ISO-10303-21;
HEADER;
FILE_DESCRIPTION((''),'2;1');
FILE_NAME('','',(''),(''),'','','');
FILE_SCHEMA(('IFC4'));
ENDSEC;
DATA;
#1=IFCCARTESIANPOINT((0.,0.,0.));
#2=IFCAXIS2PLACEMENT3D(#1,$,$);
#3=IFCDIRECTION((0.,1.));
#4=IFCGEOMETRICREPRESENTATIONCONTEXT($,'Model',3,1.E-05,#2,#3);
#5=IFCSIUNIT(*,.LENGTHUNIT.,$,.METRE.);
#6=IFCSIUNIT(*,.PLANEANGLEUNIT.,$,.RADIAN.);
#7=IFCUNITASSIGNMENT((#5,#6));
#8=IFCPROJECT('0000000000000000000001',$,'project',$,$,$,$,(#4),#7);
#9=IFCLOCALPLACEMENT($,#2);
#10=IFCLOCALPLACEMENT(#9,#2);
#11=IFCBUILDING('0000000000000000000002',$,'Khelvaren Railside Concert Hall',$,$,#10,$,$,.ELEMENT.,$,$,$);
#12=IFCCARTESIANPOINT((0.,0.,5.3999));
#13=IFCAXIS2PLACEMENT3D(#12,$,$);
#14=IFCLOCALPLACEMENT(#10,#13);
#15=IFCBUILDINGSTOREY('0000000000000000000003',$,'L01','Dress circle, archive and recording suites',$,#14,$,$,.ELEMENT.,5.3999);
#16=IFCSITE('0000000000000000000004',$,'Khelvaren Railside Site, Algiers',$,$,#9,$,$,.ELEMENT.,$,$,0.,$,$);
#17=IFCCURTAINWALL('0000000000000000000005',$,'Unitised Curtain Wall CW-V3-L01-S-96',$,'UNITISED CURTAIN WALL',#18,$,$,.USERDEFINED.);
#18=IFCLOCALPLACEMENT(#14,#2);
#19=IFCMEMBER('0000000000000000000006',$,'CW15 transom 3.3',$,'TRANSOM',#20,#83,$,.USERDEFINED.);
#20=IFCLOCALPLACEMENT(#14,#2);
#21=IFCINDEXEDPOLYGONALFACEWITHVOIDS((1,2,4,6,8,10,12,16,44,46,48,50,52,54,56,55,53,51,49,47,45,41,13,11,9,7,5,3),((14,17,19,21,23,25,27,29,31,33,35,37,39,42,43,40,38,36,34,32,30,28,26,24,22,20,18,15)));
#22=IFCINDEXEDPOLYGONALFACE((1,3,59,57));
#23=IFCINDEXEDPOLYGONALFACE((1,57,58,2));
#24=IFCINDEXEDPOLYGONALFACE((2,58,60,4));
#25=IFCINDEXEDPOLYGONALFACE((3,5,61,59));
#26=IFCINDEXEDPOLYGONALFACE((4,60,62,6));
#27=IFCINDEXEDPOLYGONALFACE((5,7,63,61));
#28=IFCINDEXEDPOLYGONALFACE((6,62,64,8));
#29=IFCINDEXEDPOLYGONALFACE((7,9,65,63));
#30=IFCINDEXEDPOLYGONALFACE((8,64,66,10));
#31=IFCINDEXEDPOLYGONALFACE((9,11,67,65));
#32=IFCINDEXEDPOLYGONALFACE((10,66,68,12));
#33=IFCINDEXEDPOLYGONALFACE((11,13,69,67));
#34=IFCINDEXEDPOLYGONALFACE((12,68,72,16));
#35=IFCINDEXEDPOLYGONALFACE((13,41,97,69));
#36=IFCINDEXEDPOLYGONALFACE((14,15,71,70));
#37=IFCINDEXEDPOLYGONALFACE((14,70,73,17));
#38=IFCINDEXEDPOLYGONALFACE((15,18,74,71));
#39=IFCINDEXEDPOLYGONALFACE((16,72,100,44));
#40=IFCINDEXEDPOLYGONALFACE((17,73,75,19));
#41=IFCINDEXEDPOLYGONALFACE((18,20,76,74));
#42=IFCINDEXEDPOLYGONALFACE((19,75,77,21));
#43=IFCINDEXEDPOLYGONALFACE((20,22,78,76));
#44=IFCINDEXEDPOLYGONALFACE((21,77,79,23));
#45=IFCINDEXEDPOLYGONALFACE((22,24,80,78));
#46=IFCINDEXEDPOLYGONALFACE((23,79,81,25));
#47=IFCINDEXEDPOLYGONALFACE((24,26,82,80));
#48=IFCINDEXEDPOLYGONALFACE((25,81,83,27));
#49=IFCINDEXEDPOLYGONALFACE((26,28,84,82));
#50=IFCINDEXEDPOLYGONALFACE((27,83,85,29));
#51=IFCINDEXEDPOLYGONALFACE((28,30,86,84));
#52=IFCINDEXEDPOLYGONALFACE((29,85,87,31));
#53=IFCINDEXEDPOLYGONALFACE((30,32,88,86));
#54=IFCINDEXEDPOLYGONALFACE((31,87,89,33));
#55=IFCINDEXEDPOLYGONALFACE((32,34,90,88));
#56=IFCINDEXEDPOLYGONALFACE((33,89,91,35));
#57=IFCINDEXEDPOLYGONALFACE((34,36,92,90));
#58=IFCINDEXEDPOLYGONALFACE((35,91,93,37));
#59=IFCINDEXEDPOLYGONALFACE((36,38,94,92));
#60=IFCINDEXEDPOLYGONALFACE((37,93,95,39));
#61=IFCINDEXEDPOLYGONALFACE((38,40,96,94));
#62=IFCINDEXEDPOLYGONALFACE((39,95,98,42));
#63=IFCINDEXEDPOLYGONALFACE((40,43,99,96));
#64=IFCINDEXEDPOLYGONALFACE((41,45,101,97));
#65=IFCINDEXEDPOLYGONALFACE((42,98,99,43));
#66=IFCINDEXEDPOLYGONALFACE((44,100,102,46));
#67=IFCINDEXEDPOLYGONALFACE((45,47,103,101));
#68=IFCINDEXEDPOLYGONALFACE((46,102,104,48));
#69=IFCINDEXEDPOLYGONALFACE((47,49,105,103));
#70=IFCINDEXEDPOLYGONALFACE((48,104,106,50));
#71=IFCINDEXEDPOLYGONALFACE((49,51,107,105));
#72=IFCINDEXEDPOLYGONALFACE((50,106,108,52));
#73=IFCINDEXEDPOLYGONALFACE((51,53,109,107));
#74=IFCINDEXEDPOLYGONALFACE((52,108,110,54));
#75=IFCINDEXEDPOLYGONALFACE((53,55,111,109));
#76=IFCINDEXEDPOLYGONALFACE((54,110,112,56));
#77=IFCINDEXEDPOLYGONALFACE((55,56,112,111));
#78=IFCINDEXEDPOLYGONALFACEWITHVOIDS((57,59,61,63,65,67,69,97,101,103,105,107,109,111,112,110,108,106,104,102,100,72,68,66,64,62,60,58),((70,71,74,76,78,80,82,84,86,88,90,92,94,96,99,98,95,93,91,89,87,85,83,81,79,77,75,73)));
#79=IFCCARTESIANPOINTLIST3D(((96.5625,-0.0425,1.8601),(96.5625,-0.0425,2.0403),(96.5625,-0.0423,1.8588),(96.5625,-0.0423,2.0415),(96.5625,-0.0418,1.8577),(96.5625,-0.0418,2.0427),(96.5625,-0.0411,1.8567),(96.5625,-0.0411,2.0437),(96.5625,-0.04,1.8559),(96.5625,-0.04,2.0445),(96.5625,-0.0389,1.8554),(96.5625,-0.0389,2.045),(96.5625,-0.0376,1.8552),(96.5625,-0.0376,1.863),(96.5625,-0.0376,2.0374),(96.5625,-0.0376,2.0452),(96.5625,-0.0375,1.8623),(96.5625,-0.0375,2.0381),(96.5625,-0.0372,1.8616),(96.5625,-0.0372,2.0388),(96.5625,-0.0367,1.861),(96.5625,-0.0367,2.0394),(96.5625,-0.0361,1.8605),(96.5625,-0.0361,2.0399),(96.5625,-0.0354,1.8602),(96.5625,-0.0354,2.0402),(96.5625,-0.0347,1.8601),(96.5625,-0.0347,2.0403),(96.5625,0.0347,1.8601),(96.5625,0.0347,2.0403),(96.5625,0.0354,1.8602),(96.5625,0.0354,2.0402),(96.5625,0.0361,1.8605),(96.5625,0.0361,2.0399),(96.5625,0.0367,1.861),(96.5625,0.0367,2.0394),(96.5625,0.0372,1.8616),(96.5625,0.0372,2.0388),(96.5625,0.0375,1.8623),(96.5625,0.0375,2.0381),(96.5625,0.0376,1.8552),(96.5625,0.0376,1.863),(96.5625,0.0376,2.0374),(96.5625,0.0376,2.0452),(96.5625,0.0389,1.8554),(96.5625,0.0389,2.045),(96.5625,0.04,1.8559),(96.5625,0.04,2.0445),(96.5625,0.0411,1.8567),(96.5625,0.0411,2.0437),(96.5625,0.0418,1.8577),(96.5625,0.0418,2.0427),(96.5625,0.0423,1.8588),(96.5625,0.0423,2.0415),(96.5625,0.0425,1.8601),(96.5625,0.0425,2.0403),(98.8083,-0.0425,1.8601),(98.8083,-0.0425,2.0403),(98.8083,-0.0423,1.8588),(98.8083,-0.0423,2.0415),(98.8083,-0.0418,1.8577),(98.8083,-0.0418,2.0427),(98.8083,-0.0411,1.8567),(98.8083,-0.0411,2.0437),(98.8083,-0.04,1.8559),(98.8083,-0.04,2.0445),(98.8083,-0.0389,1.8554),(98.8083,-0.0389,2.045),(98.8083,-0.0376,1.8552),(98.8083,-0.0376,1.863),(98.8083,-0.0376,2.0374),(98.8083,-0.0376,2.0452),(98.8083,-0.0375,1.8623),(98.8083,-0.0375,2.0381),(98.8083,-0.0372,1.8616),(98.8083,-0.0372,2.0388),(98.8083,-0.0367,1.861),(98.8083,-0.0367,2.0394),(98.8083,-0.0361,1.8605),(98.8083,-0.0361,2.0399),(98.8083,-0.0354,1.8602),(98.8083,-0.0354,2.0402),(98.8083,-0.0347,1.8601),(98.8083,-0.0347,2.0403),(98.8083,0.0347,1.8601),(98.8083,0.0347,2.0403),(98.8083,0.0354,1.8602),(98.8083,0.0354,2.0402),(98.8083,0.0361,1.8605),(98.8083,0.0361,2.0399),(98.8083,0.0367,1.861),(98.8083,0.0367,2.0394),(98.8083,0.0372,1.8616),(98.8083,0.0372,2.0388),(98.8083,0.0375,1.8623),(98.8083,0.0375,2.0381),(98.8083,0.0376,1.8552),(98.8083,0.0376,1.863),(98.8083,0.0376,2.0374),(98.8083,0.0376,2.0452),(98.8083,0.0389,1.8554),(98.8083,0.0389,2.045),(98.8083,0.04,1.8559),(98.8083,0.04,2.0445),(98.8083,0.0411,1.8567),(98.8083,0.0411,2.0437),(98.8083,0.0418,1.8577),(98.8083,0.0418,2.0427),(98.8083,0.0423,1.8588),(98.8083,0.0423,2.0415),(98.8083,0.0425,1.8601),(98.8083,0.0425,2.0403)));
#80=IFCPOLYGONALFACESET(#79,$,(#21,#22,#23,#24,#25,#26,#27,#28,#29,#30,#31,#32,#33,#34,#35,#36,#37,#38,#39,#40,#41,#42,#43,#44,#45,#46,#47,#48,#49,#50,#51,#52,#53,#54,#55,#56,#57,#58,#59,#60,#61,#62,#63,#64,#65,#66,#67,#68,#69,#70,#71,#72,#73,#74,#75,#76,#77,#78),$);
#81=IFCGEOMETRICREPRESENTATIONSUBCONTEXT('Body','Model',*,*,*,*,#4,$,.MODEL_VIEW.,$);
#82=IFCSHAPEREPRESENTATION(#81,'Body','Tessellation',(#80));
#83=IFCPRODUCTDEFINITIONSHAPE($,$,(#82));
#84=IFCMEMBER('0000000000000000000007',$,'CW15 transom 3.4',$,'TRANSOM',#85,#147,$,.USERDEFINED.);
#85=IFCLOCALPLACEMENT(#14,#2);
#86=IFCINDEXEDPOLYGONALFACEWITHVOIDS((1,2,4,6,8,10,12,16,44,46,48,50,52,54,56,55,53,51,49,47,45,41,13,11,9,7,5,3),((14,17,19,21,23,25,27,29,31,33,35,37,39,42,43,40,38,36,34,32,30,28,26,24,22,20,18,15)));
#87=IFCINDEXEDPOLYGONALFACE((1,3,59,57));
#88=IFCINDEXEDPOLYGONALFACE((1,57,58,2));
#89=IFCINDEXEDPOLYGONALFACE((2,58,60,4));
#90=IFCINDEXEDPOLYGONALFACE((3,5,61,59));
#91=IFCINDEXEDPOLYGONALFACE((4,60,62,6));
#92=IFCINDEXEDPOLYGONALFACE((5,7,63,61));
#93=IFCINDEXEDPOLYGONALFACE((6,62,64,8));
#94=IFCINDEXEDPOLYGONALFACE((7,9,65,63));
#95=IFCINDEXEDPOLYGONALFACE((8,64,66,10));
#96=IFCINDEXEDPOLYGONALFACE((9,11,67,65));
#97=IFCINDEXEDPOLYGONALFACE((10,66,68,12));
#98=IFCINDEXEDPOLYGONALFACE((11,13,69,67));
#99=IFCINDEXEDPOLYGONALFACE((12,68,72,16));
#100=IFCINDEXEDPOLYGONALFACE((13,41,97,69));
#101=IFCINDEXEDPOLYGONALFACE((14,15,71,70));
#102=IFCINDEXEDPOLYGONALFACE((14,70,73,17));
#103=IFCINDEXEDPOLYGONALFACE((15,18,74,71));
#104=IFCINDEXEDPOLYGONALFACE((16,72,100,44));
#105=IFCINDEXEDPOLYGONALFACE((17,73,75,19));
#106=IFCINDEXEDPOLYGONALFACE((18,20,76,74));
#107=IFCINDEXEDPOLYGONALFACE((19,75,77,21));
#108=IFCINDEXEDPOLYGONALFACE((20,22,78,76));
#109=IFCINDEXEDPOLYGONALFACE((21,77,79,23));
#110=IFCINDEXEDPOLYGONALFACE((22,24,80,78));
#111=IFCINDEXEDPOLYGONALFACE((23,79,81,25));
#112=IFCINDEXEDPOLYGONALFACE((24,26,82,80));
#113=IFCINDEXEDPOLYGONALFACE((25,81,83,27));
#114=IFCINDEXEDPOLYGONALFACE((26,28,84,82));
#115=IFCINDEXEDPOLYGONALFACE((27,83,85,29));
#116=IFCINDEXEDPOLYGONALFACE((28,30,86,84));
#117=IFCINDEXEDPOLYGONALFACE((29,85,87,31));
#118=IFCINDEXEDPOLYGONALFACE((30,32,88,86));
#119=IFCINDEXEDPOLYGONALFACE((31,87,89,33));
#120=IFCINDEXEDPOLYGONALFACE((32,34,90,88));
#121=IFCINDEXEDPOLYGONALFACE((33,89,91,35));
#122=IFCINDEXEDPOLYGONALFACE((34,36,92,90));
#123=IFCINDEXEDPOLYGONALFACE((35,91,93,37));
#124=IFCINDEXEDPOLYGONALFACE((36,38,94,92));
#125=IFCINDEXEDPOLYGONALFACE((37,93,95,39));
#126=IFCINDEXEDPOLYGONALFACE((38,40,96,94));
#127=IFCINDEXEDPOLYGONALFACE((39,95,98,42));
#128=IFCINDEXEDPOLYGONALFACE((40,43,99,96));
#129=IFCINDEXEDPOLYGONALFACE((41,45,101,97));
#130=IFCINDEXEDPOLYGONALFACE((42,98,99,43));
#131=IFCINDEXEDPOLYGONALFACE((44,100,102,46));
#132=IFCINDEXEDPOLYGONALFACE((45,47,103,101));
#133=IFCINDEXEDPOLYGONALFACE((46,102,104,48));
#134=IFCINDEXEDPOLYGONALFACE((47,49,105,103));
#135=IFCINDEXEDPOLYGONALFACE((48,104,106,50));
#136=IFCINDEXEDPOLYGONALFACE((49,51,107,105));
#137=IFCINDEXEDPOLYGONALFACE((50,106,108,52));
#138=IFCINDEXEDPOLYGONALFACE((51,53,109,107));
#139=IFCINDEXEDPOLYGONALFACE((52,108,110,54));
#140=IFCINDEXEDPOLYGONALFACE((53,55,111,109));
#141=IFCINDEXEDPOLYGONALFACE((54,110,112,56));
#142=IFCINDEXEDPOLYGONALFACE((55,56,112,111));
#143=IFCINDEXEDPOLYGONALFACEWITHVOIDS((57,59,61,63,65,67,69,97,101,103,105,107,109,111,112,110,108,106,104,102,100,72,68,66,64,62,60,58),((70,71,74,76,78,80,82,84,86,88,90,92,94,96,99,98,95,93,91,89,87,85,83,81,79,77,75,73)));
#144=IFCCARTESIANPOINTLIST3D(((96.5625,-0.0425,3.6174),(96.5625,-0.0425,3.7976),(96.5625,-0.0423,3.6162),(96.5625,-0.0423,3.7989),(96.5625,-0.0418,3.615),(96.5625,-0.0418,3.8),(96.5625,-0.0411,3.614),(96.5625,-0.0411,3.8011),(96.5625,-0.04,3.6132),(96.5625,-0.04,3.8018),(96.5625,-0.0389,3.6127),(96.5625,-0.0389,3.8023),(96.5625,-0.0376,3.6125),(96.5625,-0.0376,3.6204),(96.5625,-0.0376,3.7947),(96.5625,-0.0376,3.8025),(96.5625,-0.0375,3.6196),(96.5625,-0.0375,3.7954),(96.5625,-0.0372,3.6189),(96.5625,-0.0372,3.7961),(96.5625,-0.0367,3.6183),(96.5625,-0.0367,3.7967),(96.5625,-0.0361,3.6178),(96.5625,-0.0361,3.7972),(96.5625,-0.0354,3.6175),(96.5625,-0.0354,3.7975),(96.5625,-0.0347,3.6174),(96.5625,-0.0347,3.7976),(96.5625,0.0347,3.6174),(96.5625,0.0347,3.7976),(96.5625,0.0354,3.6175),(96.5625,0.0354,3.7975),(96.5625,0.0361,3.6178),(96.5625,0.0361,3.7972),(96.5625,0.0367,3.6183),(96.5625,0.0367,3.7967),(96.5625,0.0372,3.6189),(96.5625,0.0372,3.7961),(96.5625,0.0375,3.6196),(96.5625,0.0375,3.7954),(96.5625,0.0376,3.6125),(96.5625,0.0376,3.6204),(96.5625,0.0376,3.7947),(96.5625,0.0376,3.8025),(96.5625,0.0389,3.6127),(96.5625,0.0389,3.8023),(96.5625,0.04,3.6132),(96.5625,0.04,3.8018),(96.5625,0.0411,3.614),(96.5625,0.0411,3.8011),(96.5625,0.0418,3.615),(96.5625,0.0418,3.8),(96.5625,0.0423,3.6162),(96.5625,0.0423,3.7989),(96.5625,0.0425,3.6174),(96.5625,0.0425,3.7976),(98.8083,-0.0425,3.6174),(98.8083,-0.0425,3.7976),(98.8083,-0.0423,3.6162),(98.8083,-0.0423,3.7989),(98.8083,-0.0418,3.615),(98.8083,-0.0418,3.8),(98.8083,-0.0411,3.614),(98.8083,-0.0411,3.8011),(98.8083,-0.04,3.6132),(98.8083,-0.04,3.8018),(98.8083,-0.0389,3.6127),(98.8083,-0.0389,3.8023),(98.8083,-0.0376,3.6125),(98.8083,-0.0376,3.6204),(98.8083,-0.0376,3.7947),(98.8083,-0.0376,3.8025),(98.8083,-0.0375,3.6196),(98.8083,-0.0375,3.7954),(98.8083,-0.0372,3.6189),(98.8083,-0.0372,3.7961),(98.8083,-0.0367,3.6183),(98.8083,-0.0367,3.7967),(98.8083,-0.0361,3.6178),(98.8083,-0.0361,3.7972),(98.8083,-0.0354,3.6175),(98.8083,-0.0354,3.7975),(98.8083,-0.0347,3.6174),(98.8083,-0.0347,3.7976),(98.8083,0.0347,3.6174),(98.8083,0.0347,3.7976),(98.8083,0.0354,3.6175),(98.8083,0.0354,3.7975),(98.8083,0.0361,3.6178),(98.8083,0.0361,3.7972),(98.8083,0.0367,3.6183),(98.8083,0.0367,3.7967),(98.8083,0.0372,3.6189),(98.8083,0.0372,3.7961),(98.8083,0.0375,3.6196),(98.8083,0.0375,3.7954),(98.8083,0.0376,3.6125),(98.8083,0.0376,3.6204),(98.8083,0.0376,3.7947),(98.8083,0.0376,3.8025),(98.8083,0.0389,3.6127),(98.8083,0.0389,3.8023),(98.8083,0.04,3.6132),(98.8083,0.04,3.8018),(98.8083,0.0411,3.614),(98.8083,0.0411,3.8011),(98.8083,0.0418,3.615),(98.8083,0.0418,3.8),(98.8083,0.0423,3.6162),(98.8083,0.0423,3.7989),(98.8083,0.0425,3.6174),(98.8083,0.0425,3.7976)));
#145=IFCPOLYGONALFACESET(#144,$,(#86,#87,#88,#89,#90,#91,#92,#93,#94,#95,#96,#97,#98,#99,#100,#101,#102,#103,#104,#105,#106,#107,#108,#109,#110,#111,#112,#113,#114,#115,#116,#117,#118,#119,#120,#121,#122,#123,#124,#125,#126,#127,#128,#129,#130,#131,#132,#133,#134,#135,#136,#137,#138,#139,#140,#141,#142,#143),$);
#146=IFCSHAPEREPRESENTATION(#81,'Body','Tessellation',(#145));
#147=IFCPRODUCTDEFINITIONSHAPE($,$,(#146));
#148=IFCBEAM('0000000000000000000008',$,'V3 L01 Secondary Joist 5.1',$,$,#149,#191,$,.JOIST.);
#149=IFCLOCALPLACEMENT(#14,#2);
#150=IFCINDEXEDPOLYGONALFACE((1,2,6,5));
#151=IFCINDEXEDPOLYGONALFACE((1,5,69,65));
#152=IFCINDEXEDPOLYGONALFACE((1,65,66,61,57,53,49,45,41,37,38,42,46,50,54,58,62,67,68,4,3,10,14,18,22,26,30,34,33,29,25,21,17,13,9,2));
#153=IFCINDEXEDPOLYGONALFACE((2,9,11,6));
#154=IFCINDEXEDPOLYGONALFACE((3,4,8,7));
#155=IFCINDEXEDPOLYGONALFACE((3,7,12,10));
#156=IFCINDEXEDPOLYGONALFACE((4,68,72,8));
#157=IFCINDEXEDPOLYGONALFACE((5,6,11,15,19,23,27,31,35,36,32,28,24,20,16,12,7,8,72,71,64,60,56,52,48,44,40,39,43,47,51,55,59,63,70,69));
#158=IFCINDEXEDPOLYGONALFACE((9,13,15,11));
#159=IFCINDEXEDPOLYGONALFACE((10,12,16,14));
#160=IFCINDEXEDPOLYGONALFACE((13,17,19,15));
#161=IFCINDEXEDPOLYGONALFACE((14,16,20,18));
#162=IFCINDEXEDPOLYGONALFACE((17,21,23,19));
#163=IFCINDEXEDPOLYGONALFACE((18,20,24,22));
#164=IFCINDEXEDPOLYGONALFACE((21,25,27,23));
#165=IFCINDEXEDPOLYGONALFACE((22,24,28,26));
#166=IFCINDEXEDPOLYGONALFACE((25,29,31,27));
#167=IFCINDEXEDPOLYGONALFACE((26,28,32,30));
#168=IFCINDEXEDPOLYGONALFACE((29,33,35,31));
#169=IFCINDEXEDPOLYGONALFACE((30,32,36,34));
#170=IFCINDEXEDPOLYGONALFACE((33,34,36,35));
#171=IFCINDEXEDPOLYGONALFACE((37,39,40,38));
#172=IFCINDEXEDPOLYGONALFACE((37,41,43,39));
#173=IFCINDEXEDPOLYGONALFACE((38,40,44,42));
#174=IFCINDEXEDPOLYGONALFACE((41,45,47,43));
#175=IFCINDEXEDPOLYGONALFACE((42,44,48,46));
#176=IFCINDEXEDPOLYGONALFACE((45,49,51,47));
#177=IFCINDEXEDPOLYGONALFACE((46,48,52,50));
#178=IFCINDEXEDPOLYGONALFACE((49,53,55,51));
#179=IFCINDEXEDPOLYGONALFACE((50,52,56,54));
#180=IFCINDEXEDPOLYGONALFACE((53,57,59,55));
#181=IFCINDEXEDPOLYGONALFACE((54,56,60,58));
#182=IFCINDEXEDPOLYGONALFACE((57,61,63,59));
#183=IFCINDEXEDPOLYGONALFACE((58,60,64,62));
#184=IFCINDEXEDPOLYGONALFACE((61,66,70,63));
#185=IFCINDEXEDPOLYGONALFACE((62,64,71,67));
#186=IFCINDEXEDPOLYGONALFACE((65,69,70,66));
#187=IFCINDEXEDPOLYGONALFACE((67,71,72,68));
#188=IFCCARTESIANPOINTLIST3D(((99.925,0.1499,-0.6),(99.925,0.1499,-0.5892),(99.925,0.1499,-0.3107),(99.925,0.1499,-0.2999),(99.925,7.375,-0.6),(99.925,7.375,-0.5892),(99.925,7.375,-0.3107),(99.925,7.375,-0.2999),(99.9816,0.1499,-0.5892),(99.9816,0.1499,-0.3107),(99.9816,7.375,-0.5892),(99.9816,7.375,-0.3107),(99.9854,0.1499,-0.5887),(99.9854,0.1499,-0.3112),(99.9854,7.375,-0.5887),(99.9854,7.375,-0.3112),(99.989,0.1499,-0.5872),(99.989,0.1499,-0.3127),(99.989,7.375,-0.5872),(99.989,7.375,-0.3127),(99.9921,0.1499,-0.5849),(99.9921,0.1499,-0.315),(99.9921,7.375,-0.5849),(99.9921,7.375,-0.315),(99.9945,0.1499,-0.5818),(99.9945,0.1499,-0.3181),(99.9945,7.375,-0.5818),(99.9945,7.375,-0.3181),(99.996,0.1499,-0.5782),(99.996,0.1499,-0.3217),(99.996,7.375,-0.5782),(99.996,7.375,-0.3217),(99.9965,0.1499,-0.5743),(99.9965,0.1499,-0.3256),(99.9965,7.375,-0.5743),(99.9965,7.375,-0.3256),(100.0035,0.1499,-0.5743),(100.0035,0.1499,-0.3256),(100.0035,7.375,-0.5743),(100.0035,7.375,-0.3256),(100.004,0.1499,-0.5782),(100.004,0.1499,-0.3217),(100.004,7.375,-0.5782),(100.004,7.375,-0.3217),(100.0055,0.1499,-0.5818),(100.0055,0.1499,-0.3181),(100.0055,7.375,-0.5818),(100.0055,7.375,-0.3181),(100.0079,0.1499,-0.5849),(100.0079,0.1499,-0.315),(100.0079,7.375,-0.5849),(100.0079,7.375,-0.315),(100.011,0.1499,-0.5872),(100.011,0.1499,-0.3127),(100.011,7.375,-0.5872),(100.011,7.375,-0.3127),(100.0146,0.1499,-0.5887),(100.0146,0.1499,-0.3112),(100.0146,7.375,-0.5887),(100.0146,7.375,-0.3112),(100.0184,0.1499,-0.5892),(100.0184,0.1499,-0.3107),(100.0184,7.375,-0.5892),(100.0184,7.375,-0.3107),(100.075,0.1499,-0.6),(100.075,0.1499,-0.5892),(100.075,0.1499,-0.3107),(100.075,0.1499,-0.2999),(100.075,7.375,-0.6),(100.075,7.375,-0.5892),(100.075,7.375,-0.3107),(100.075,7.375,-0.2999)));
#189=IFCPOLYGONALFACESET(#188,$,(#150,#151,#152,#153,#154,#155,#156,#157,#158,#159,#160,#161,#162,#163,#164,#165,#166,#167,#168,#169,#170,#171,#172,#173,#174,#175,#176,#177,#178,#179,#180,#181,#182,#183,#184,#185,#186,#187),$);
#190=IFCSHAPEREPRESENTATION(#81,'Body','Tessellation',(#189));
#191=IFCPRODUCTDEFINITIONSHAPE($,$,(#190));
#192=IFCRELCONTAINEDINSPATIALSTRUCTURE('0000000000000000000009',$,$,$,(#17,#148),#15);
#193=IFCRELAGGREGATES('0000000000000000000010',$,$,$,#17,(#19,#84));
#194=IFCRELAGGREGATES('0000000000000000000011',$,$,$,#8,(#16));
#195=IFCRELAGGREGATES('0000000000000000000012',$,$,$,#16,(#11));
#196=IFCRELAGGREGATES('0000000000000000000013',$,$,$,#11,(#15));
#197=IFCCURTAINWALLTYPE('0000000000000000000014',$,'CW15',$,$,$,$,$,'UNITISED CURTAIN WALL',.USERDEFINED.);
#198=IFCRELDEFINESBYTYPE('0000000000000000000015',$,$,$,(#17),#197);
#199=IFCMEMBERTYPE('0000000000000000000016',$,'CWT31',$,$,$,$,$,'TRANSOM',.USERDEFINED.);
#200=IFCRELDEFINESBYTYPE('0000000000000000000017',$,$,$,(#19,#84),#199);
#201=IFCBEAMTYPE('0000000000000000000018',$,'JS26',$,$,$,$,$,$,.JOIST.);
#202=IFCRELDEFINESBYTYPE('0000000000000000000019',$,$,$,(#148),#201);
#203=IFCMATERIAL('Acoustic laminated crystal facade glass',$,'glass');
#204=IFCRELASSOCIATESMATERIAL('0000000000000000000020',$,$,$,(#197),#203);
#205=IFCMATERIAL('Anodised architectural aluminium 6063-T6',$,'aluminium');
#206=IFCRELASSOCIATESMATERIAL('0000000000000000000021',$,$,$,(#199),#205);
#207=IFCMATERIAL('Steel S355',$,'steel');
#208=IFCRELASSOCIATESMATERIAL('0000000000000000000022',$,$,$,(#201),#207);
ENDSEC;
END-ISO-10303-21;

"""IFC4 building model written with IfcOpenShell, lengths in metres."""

from ifc_helpers import new_model, si_unit, direction, frame, origin, origin_2d, place, context, subcontext, project, spatial, hollow_rectangle, i_section, extrude, material, material_profile, profile_set, type_object, element, aggregate, save


model = new_model("IFC4")

# Units and contexts
model_context = context("Model", 3, precision=1e-05, world=origin(), true_north=direction((0.0, 1.0)))
body_context = subcontext(model_context, "Body", "Model", "MODEL_VIEW")
ifc_project = project(units=[si_unit("LENGTHUNIT", "METRE"), si_unit("PLANEANGLEUNIT", "RADIAN")], contexts=[model_context])

# Site, building, storey
site_placement = place(None, origin())
site = spatial("IfcSite", under=ifc_project, at=site_placement, Name="Khelvaren Railside Site, Algiers", CompositionType="ELEMENT", RefElevation=0.0)
building_placement = place(site_placement, origin())
building = spatial("IfcBuilding", under=site, at=building_placement, Name="Khelvaren Railside Concert Hall", CompositionType="ELEMENT")
storey_placement = place(building_placement, frame((0.0, 0.0, 5.3999)))
storey = spatial("IfcBuildingStorey", under=building, at=storey_placement, Name="L01", Description="Dress circle, archive and recording suites", CompositionType="ELEMENT", Elevation=5.3999)

# Curtain wall
ifc_material_1 = material(Name="Acoustic laminated crystal facade glass", Category="glass")
ifc_material_2 = material(Name="Anodised architectural aluminium 6063-T6", Category="aluminium")
curtain_wall_type_1 = type_object("IfcCurtainWallType", Name="CW15", ElementType="UNITISED CURTAIN WALL", PredefinedType="USERDEFINED", material=ifc_material_1)
curtain_wall_1_placement = place(storey_placement, origin())
curtain_wall_1 = element("IfcCurtainWall", 1, at=curtain_wall_1_placement, inside=storey, type_object=curtain_wall_type_1, Name="Unitised Curtain Wall CW-V3-L01-S-96", ObjectType="UNITISED CURTAIN WALL", PredefinedType="USERDEFINED")

# Members
ifc_material_profile_1 = material_profile(ifc_material_2, hollow_rectangle(XDim=0.085, YDim=0.1899, WallThickness=0.0049, InnerFilletRadius=0.0029, OuterFilletRadius=0.0049, at=origin_2d()), Name="CWT 85x190x5")
ifc_profile_set_1 = profile_set([ifc_material_profile_1], Name="Anodised architectural aluminium 6063-T6")
member_type_1 = type_object("IfcMemberType", Name="CWT31", ElementType="TRANSOM", PredefinedType="USERDEFINED", material=ifc_profile_set_1)
member_1_placement = place(storey_placement, frame((98.8083, 0.0, 1.9502), z_axis=(-1.0, 0.0, 0.0), x_axis=(0.0, -1.0, 0.0)))
member_1 = element("IfcMember", 2, at=member_1_placement, type_object=member_type_1, Name="CW15 transom 3.3", ObjectType="TRANSOM", PredefinedType="USERDEFINED", context=body_context, shape_type="SweptSolid", body=[
    extrude(hollow_rectangle(XDim=0.085, YDim=0.1899, WallThickness=0.0049, InnerFilletRadius=0.0029, OuterFilletRadius=0.0049, at=origin_2d()), origin(), (0.0, 0.0, 1.0), 2.2458),
])
member_2_placement = place(storey_placement, frame((98.8083, 0.0, 3.7075), z_axis=(-1.0, 0.0, 0.0), x_axis=(0.0, -1.0, 0.0)))
member_2 = element("IfcMember", 3, at=member_2_placement, type_object=member_type_1, Name="CW15 transom 3.4", ObjectType="TRANSOM", PredefinedType="USERDEFINED", context=body_context, shape_type="SweptSolid", body=[
    extrude(hollow_rectangle(XDim=0.085, YDim=0.1899, WallThickness=0.0049, InnerFilletRadius=0.0029, OuterFilletRadius=0.0049, at=origin_2d()), origin(), (0.0, 0.0, 1.0), 2.2458),
])

# Beam
ifc_material_3 = material(Name="Steel S355", Category="steel")
ifc_material_profile_2 = material_profile(ifc_material_3, i_section(OverallWidth=0.1499, OverallDepth=0.3, WebThickness=0.0071, FlangeThickness=0.0107, FilletRadius=0.0149, at=origin_2d()), Name="IPE 300")
ifc_profile_set_2 = profile_set([ifc_material_profile_2], Name="Steel S355")
beam_type_1 = type_object("IfcBeamType", Name="JS26", PredefinedType="JOIST", material=ifc_profile_set_2)
beam_1_placement = place(storey_placement, frame((100.0, 0.1499, -0.45), z_axis=(0.0, 1.0, 0.0), x_axis=(-1.0, 0.0, 0.0)))
element("IfcBeam", 4, at=beam_1_placement, inside=storey, type_object=beam_type_1, Name="V3 L01 Secondary Joist 5.1", PredefinedType="JOIST", context=body_context, shape_type="SweptSolid", body=[
    extrude(i_section(OverallWidth=0.1499, OverallDepth=0.3, WebThickness=0.0071, FlangeThickness=0.0107, FilletRadius=0.0149, at=origin_2d()), origin(), (0.0, 0.0, 1.0), 7.2251),
])

aggregate(curtain_wall_1, [member_1, member_2])

save(model, "model.ifc")
